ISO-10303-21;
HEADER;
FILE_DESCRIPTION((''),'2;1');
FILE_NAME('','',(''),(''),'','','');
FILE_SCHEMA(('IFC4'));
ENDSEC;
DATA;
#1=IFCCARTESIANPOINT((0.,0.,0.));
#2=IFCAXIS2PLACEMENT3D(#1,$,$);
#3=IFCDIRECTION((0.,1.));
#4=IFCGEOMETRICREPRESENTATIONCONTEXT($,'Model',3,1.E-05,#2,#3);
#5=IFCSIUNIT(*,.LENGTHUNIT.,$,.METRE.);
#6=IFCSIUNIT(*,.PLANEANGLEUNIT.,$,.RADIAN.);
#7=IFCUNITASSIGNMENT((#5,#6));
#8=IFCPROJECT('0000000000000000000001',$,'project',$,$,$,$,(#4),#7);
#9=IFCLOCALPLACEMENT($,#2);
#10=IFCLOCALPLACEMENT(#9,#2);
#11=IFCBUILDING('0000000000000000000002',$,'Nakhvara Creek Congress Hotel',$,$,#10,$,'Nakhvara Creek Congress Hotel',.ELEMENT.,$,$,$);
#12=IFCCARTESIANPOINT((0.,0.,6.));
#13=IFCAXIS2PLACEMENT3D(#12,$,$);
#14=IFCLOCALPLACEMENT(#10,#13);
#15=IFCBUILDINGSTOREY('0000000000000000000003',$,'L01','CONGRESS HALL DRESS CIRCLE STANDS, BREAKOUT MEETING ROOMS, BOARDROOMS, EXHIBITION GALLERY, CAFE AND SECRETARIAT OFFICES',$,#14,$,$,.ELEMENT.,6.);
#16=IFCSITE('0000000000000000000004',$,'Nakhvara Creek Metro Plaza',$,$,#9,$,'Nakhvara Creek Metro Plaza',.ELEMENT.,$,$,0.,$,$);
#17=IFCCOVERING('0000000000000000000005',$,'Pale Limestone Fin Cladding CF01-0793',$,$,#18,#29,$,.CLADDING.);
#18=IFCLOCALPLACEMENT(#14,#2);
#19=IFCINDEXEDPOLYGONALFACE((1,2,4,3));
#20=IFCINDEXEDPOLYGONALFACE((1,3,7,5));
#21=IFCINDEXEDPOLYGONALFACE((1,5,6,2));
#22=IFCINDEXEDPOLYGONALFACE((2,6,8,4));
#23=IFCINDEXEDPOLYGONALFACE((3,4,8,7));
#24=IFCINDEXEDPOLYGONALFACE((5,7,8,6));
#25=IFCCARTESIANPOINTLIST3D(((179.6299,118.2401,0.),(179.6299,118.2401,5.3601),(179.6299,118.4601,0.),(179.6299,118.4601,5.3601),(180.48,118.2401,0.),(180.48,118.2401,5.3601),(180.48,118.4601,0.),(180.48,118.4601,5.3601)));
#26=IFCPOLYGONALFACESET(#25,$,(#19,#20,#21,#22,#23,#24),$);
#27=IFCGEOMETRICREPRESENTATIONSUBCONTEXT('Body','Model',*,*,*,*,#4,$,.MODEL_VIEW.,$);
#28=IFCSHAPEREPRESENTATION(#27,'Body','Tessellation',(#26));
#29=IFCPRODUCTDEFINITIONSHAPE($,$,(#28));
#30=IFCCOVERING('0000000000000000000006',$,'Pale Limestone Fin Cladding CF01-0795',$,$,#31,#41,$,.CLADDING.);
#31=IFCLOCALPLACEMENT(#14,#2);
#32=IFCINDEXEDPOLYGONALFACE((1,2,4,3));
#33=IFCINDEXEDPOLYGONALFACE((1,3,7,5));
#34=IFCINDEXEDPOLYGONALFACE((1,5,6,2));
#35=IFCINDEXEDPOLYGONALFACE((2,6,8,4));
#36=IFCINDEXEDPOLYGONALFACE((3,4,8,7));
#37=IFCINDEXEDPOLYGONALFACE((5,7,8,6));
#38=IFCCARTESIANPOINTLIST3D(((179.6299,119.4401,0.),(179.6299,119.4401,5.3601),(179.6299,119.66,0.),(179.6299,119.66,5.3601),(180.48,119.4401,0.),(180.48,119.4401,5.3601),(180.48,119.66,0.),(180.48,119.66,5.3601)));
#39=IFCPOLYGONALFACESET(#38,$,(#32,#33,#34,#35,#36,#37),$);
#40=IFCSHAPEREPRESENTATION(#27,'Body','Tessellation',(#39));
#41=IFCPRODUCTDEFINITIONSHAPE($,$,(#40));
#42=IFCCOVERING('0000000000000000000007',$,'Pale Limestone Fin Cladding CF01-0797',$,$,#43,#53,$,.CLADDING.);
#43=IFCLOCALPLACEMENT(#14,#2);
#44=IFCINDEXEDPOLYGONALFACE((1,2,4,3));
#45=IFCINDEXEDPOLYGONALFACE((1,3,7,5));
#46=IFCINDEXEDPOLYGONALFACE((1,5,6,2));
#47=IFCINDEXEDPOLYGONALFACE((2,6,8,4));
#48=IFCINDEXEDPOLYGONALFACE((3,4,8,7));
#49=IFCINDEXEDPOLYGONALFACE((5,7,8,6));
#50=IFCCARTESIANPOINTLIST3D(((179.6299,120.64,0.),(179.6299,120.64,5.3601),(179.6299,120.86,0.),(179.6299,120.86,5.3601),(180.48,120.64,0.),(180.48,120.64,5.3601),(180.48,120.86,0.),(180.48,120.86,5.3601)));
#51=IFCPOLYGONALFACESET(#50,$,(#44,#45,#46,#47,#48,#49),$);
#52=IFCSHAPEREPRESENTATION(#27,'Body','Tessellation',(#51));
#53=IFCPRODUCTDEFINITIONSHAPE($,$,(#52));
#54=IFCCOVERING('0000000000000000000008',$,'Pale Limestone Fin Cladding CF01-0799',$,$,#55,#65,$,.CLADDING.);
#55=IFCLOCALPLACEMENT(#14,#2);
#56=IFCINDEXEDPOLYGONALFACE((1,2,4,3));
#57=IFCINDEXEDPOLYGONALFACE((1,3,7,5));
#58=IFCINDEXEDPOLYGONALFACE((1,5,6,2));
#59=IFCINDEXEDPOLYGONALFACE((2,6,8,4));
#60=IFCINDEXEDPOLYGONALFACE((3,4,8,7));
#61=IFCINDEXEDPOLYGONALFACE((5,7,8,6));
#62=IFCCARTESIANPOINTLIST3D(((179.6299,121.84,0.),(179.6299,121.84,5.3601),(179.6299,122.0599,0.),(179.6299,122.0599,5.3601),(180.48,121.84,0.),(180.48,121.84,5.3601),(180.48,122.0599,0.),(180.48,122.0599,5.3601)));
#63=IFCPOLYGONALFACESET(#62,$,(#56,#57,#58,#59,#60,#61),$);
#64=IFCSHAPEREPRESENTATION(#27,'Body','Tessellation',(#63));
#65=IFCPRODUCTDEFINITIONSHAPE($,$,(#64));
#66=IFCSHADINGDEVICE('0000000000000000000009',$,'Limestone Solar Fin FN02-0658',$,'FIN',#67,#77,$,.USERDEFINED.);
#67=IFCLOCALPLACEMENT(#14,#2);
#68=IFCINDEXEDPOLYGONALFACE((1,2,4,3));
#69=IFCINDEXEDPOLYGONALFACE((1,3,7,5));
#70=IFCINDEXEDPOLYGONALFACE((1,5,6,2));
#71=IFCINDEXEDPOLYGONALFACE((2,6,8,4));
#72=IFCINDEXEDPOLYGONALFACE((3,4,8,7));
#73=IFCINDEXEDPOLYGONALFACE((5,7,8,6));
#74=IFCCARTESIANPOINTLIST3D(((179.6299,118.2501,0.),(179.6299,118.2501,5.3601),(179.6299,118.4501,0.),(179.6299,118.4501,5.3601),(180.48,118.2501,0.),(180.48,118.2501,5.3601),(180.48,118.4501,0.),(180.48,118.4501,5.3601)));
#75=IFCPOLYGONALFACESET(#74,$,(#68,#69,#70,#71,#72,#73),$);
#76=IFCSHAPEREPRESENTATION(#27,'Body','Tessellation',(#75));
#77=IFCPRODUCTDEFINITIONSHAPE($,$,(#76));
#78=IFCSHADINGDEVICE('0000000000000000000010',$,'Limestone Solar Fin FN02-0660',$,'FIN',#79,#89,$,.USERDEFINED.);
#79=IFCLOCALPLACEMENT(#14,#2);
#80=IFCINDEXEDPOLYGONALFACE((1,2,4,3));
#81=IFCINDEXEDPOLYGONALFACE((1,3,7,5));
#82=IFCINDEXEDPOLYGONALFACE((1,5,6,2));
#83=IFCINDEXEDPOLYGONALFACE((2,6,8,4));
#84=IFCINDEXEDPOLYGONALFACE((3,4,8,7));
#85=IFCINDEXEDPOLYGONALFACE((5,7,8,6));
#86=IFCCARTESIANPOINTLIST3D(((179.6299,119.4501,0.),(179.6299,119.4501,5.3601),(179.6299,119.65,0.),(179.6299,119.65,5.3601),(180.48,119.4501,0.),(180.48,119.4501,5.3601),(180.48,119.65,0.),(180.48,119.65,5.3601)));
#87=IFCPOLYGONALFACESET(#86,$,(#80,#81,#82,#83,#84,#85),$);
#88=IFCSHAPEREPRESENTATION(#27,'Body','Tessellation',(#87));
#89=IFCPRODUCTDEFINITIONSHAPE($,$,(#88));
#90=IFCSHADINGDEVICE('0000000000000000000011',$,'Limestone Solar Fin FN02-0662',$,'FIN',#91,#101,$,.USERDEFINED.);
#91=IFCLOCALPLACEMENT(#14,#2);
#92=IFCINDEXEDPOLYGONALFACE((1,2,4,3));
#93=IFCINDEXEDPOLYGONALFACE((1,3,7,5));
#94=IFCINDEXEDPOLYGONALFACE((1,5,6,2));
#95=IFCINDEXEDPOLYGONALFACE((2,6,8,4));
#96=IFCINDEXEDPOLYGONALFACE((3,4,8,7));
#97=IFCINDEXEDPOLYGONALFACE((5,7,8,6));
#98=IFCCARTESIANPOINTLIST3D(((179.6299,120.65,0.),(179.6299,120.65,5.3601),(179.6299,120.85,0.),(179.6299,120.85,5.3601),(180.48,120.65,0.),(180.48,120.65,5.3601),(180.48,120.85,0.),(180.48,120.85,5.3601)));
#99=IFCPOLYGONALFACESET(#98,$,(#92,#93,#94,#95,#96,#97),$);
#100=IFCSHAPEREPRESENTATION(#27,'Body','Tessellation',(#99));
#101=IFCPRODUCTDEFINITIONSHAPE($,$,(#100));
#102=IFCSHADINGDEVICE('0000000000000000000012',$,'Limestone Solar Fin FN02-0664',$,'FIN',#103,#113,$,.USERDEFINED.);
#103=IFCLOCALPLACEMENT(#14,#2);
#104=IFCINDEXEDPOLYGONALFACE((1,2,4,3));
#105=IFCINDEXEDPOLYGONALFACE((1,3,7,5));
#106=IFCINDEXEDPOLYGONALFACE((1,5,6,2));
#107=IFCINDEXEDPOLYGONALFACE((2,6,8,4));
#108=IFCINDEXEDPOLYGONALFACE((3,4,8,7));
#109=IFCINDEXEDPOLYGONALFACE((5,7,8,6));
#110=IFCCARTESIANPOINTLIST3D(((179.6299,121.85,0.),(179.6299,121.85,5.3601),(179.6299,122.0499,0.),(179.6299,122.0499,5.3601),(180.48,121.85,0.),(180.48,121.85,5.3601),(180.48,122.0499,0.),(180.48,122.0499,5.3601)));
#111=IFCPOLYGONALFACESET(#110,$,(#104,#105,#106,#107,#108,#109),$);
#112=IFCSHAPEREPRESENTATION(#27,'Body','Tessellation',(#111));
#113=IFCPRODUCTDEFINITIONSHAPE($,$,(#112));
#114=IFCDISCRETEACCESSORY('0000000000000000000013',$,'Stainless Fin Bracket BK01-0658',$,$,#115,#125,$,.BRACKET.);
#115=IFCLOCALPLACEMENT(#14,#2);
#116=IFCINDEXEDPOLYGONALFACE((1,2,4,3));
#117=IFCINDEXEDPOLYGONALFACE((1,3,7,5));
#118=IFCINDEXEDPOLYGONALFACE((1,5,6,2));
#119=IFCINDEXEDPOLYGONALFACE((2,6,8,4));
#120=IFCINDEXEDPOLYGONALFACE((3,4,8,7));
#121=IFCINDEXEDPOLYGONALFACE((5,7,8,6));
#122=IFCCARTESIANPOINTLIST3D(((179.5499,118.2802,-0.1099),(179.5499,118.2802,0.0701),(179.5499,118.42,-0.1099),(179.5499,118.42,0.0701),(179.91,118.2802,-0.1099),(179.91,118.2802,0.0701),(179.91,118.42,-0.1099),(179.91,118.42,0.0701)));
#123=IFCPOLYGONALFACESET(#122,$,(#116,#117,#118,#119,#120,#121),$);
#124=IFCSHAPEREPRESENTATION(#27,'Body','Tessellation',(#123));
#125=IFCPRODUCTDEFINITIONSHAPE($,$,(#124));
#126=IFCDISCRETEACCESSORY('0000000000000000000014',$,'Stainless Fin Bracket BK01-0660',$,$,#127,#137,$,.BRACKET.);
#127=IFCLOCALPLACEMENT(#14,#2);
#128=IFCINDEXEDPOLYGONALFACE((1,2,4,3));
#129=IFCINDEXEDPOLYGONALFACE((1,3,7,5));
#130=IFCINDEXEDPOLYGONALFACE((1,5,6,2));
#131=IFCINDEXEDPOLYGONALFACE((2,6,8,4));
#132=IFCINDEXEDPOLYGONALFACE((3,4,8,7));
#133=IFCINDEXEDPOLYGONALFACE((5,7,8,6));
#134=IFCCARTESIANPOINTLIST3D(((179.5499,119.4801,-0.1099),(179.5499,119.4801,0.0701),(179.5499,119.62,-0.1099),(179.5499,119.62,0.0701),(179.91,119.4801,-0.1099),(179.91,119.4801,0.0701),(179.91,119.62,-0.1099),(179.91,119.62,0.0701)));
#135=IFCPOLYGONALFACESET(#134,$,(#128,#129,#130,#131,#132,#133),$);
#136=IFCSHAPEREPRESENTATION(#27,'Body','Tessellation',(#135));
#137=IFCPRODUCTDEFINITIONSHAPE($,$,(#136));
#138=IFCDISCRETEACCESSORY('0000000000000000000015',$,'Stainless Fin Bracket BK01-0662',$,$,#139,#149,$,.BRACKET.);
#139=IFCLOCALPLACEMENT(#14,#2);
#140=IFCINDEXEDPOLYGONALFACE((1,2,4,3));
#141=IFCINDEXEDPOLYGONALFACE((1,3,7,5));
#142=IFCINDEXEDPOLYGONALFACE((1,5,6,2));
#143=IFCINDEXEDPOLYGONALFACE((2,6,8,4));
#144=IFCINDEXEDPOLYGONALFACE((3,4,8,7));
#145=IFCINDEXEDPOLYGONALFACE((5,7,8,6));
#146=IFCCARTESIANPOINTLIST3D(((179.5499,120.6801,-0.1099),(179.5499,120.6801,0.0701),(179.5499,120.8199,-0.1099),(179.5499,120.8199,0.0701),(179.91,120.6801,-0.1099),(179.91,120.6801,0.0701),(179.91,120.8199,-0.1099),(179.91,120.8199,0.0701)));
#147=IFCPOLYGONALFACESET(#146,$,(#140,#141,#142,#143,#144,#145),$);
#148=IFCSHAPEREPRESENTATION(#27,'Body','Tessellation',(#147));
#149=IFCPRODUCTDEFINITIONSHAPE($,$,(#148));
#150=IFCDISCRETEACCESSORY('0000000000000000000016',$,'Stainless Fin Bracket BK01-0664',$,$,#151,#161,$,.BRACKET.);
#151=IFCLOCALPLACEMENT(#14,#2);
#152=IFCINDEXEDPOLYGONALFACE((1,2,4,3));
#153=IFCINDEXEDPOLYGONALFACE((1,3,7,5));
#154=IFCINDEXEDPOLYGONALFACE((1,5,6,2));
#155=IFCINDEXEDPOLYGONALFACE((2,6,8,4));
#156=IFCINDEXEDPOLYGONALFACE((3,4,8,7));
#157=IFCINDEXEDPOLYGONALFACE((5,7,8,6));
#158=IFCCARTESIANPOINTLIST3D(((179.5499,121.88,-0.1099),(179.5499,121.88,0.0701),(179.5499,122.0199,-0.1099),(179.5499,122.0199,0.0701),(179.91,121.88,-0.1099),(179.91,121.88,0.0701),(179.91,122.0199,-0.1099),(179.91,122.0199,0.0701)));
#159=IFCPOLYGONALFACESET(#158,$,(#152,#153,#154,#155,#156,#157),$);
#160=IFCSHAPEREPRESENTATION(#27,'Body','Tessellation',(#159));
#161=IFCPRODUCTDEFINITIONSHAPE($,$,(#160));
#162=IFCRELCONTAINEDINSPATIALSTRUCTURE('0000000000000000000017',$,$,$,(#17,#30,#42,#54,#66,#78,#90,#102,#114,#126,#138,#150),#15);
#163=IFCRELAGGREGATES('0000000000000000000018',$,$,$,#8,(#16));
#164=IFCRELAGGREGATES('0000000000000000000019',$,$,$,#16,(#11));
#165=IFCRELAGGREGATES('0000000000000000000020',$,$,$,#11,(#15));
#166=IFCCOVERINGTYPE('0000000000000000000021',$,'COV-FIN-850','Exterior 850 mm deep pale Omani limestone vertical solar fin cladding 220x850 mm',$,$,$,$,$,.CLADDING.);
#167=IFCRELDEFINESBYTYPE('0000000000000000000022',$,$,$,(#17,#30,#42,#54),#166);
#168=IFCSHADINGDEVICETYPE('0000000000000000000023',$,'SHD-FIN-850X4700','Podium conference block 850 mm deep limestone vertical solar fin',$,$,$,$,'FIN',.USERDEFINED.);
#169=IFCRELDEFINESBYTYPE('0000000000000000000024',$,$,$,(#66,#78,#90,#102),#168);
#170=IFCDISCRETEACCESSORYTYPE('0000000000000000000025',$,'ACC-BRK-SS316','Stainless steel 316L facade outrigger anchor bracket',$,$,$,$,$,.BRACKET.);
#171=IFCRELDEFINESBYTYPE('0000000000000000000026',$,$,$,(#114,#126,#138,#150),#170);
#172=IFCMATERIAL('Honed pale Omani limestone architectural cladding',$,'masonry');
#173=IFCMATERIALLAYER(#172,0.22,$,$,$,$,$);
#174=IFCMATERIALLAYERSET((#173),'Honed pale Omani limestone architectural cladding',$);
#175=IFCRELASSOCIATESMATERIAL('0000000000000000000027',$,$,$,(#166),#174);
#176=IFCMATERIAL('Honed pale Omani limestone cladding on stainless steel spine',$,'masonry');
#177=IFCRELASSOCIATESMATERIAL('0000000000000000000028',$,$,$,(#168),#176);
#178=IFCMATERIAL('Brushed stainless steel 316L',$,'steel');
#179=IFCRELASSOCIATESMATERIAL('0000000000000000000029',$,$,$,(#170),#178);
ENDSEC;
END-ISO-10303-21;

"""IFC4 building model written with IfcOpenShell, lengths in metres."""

from ifc_helpers import new_model, si_unit, direction, frame, origin, origin_2d, place, context, subcontext, project, spatial, rectangle, extrude, material, layer, layer_set, type_object, element, save


model = new_model("IFC4")

# Units and contexts
model_context = context("Model", 3, precision=1e-05, world=origin(), true_north=direction((0.0, 1.0)))
body_context = subcontext(model_context, "Body", "Model", "MODEL_VIEW")
ifc_project = project(units=[si_unit("LENGTHUNIT", "METRE"), si_unit("PLANEANGLEUNIT", "RADIAN")], contexts=[model_context])

# Site, building, storey
site_placement = place(None, origin())
site = spatial("IfcSite", under=ifc_project, at=site_placement, Name="Nakhvara Creek Metro Plaza", LongName="Nakhvara Creek Metro Plaza", CompositionType="ELEMENT", RefElevation=0.0)
building_placement = place(site_placement, origin())
building = spatial("IfcBuilding", under=site, at=building_placement, Name="Nakhvara Creek Congress Hotel", LongName="Nakhvara Creek Congress Hotel", CompositionType="ELEMENT")
storey_placement = place(building_placement, frame((0.0, 0.0, 6.0)))
storey = spatial("IfcBuildingStorey", under=building, at=storey_placement, Name="L01", Description="CONGRESS HALL DRESS CIRCLE STANDS, BREAKOUT MEETING ROOMS, BOARDROOMS, EXHIBITION GALLERY, CAFE AND SECRETARIAT OFFICES", CompositionType="ELEMENT", Elevation=6.0)

# Coverings
ifc_material_1 = material(Name="Honed pale Omani limestone architectural cladding", Category="masonry")
ifc_layer_1 = layer(ifc_material_1, 0.22)
ifc_layer_set_1 = layer_set([ifc_layer_1], Name="Honed pale Omani limestone architectural cladding")
covering_type = type_object("IfcCoveringType", Name="COV-FIN-850", Description="Exterior 850 mm deep pale Omani limestone vertical solar fin cladding 220x850 mm", PredefinedType="CLADDING", material=ifc_layer_set_1)
for number, where, z_axis, x_axis, name in (
    (1, (180.0549, 118.3501, 0.0), (0.0, 0.0, 1.0), (0.0, 1.0, 0.0), "Pale Limestone Fin Cladding CF01-0793"),
    (2, (180.0549, 119.55, 0.0), (0.0, 0.0, 1.0), (0.0, 1.0, 0.0), "Pale Limestone Fin Cladding CF01-0795"),
    (3, (180.0549, 120.75, 0.0), (0.0, 0.0, 1.0), (0.0, 1.0, 0.0), "Pale Limestone Fin Cladding CF01-0797"),
    (4, (180.0549, 121.95, 0.0), (0.0, 0.0, 1.0), (0.0, 1.0, 0.0), "Pale Limestone Fin Cladding CF01-0799"),
):
    element("IfcCovering", number, at=place(storey_placement, frame(where, z_axis=z_axis, x_axis=x_axis)), inside=storey, type_object=covering_type, Name=name, PredefinedType="CLADDING", context=body_context, shape_type="SweptSolid", body=[
        extrude(rectangle(XDim=0.22, YDim=0.8501, at=origin_2d()), origin(), (0.0, 0.0, 1.0), 5.3601),
    ])

# Shading devices
ifc_material_2 = material(Name="Honed pale Omani limestone cladding on stainless steel spine", Category="masonry")
shading_device_type = type_object("IfcShadingDeviceType", Name="SHD-FIN-850X4700", Description="Podium conference block 850 mm deep limestone vertical solar fin", ElementType="FIN", PredefinedType="USERDEFINED", material=ifc_material_2)
for number, where, z_axis, x_axis, name in (
    (5, (180.0549, 118.3501, 0.0), (0.0, 0.0, 1.0), (0.0, 1.0, 0.0), "Limestone Solar Fin FN02-0658"),
    (6, (180.0549, 119.55, 0.0), (0.0, 0.0, 1.0), (0.0, 1.0, 0.0), "Limestone Solar Fin FN02-0660"),
    (7, (180.0549, 120.75, 0.0), (0.0, 0.0, 1.0), (0.0, 1.0, 0.0), "Limestone Solar Fin FN02-0662"),
    (8, (180.0549, 121.95, 0.0), (0.0, 0.0, 1.0), (0.0, 1.0, 0.0), "Limestone Solar Fin FN02-0664"),
):
    element("IfcShadingDevice", number, at=place(storey_placement, frame(where, z_axis=z_axis, x_axis=x_axis)), inside=storey, type_object=shading_device_type, Name=name, ObjectType="FIN", PredefinedType="USERDEFINED", context=body_context, shape_type="SweptSolid", body=[
        extrude(rectangle(XDim=0.2, YDim=0.8501, at=origin_2d()), origin(), (0.0, 0.0, 1.0), 5.3601),
    ])

# Discrete accessories
ifc_material_3 = material(Name="Brushed stainless steel 316L", Category="steel")
discrete_accessory_type = type_object("IfcDiscreteAccessoryType", Name="ACC-BRK-SS316", Description="Stainless steel 316L facade outrigger anchor bracket", PredefinedType="BRACKET", material=ifc_material_3)
for number, where, z_axis, x_axis, name in (
    (9, (179.73, 118.3501, -0.1099), (0.0, 0.0, 1.0), (0.0, 1.0, 0.0), "Stainless Fin Bracket BK01-0658"),
    (10, (179.73, 119.55, -0.1099), (0.0, 0.0, 1.0), (0.0, 1.0, 0.0), "Stainless Fin Bracket BK01-0660"),
    (11, (179.73, 120.75, -0.1099), (0.0, 0.0, 1.0), (0.0, 1.0, 0.0), "Stainless Fin Bracket BK01-0662"),
    (12, (179.73, 121.95, -0.1099), (0.0, 0.0, 1.0), (0.0, 1.0, 0.0), "Stainless Fin Bracket BK01-0664"),
):
    element("IfcDiscreteAccessory", number, at=place(storey_placement, frame(where, z_axis=z_axis, x_axis=x_axis)), inside=storey, type_object=discrete_accessory_type, Name=name, PredefinedType="BRACKET", context=body_context, shape_type="SweptSolid", body=[
        extrude(rectangle(XDim=0.1399, YDim=0.3601, at=origin_2d()), origin(), (0.0, 0.0, 1.0), 0.1799),
    ])

save(model, "model.ifc")
